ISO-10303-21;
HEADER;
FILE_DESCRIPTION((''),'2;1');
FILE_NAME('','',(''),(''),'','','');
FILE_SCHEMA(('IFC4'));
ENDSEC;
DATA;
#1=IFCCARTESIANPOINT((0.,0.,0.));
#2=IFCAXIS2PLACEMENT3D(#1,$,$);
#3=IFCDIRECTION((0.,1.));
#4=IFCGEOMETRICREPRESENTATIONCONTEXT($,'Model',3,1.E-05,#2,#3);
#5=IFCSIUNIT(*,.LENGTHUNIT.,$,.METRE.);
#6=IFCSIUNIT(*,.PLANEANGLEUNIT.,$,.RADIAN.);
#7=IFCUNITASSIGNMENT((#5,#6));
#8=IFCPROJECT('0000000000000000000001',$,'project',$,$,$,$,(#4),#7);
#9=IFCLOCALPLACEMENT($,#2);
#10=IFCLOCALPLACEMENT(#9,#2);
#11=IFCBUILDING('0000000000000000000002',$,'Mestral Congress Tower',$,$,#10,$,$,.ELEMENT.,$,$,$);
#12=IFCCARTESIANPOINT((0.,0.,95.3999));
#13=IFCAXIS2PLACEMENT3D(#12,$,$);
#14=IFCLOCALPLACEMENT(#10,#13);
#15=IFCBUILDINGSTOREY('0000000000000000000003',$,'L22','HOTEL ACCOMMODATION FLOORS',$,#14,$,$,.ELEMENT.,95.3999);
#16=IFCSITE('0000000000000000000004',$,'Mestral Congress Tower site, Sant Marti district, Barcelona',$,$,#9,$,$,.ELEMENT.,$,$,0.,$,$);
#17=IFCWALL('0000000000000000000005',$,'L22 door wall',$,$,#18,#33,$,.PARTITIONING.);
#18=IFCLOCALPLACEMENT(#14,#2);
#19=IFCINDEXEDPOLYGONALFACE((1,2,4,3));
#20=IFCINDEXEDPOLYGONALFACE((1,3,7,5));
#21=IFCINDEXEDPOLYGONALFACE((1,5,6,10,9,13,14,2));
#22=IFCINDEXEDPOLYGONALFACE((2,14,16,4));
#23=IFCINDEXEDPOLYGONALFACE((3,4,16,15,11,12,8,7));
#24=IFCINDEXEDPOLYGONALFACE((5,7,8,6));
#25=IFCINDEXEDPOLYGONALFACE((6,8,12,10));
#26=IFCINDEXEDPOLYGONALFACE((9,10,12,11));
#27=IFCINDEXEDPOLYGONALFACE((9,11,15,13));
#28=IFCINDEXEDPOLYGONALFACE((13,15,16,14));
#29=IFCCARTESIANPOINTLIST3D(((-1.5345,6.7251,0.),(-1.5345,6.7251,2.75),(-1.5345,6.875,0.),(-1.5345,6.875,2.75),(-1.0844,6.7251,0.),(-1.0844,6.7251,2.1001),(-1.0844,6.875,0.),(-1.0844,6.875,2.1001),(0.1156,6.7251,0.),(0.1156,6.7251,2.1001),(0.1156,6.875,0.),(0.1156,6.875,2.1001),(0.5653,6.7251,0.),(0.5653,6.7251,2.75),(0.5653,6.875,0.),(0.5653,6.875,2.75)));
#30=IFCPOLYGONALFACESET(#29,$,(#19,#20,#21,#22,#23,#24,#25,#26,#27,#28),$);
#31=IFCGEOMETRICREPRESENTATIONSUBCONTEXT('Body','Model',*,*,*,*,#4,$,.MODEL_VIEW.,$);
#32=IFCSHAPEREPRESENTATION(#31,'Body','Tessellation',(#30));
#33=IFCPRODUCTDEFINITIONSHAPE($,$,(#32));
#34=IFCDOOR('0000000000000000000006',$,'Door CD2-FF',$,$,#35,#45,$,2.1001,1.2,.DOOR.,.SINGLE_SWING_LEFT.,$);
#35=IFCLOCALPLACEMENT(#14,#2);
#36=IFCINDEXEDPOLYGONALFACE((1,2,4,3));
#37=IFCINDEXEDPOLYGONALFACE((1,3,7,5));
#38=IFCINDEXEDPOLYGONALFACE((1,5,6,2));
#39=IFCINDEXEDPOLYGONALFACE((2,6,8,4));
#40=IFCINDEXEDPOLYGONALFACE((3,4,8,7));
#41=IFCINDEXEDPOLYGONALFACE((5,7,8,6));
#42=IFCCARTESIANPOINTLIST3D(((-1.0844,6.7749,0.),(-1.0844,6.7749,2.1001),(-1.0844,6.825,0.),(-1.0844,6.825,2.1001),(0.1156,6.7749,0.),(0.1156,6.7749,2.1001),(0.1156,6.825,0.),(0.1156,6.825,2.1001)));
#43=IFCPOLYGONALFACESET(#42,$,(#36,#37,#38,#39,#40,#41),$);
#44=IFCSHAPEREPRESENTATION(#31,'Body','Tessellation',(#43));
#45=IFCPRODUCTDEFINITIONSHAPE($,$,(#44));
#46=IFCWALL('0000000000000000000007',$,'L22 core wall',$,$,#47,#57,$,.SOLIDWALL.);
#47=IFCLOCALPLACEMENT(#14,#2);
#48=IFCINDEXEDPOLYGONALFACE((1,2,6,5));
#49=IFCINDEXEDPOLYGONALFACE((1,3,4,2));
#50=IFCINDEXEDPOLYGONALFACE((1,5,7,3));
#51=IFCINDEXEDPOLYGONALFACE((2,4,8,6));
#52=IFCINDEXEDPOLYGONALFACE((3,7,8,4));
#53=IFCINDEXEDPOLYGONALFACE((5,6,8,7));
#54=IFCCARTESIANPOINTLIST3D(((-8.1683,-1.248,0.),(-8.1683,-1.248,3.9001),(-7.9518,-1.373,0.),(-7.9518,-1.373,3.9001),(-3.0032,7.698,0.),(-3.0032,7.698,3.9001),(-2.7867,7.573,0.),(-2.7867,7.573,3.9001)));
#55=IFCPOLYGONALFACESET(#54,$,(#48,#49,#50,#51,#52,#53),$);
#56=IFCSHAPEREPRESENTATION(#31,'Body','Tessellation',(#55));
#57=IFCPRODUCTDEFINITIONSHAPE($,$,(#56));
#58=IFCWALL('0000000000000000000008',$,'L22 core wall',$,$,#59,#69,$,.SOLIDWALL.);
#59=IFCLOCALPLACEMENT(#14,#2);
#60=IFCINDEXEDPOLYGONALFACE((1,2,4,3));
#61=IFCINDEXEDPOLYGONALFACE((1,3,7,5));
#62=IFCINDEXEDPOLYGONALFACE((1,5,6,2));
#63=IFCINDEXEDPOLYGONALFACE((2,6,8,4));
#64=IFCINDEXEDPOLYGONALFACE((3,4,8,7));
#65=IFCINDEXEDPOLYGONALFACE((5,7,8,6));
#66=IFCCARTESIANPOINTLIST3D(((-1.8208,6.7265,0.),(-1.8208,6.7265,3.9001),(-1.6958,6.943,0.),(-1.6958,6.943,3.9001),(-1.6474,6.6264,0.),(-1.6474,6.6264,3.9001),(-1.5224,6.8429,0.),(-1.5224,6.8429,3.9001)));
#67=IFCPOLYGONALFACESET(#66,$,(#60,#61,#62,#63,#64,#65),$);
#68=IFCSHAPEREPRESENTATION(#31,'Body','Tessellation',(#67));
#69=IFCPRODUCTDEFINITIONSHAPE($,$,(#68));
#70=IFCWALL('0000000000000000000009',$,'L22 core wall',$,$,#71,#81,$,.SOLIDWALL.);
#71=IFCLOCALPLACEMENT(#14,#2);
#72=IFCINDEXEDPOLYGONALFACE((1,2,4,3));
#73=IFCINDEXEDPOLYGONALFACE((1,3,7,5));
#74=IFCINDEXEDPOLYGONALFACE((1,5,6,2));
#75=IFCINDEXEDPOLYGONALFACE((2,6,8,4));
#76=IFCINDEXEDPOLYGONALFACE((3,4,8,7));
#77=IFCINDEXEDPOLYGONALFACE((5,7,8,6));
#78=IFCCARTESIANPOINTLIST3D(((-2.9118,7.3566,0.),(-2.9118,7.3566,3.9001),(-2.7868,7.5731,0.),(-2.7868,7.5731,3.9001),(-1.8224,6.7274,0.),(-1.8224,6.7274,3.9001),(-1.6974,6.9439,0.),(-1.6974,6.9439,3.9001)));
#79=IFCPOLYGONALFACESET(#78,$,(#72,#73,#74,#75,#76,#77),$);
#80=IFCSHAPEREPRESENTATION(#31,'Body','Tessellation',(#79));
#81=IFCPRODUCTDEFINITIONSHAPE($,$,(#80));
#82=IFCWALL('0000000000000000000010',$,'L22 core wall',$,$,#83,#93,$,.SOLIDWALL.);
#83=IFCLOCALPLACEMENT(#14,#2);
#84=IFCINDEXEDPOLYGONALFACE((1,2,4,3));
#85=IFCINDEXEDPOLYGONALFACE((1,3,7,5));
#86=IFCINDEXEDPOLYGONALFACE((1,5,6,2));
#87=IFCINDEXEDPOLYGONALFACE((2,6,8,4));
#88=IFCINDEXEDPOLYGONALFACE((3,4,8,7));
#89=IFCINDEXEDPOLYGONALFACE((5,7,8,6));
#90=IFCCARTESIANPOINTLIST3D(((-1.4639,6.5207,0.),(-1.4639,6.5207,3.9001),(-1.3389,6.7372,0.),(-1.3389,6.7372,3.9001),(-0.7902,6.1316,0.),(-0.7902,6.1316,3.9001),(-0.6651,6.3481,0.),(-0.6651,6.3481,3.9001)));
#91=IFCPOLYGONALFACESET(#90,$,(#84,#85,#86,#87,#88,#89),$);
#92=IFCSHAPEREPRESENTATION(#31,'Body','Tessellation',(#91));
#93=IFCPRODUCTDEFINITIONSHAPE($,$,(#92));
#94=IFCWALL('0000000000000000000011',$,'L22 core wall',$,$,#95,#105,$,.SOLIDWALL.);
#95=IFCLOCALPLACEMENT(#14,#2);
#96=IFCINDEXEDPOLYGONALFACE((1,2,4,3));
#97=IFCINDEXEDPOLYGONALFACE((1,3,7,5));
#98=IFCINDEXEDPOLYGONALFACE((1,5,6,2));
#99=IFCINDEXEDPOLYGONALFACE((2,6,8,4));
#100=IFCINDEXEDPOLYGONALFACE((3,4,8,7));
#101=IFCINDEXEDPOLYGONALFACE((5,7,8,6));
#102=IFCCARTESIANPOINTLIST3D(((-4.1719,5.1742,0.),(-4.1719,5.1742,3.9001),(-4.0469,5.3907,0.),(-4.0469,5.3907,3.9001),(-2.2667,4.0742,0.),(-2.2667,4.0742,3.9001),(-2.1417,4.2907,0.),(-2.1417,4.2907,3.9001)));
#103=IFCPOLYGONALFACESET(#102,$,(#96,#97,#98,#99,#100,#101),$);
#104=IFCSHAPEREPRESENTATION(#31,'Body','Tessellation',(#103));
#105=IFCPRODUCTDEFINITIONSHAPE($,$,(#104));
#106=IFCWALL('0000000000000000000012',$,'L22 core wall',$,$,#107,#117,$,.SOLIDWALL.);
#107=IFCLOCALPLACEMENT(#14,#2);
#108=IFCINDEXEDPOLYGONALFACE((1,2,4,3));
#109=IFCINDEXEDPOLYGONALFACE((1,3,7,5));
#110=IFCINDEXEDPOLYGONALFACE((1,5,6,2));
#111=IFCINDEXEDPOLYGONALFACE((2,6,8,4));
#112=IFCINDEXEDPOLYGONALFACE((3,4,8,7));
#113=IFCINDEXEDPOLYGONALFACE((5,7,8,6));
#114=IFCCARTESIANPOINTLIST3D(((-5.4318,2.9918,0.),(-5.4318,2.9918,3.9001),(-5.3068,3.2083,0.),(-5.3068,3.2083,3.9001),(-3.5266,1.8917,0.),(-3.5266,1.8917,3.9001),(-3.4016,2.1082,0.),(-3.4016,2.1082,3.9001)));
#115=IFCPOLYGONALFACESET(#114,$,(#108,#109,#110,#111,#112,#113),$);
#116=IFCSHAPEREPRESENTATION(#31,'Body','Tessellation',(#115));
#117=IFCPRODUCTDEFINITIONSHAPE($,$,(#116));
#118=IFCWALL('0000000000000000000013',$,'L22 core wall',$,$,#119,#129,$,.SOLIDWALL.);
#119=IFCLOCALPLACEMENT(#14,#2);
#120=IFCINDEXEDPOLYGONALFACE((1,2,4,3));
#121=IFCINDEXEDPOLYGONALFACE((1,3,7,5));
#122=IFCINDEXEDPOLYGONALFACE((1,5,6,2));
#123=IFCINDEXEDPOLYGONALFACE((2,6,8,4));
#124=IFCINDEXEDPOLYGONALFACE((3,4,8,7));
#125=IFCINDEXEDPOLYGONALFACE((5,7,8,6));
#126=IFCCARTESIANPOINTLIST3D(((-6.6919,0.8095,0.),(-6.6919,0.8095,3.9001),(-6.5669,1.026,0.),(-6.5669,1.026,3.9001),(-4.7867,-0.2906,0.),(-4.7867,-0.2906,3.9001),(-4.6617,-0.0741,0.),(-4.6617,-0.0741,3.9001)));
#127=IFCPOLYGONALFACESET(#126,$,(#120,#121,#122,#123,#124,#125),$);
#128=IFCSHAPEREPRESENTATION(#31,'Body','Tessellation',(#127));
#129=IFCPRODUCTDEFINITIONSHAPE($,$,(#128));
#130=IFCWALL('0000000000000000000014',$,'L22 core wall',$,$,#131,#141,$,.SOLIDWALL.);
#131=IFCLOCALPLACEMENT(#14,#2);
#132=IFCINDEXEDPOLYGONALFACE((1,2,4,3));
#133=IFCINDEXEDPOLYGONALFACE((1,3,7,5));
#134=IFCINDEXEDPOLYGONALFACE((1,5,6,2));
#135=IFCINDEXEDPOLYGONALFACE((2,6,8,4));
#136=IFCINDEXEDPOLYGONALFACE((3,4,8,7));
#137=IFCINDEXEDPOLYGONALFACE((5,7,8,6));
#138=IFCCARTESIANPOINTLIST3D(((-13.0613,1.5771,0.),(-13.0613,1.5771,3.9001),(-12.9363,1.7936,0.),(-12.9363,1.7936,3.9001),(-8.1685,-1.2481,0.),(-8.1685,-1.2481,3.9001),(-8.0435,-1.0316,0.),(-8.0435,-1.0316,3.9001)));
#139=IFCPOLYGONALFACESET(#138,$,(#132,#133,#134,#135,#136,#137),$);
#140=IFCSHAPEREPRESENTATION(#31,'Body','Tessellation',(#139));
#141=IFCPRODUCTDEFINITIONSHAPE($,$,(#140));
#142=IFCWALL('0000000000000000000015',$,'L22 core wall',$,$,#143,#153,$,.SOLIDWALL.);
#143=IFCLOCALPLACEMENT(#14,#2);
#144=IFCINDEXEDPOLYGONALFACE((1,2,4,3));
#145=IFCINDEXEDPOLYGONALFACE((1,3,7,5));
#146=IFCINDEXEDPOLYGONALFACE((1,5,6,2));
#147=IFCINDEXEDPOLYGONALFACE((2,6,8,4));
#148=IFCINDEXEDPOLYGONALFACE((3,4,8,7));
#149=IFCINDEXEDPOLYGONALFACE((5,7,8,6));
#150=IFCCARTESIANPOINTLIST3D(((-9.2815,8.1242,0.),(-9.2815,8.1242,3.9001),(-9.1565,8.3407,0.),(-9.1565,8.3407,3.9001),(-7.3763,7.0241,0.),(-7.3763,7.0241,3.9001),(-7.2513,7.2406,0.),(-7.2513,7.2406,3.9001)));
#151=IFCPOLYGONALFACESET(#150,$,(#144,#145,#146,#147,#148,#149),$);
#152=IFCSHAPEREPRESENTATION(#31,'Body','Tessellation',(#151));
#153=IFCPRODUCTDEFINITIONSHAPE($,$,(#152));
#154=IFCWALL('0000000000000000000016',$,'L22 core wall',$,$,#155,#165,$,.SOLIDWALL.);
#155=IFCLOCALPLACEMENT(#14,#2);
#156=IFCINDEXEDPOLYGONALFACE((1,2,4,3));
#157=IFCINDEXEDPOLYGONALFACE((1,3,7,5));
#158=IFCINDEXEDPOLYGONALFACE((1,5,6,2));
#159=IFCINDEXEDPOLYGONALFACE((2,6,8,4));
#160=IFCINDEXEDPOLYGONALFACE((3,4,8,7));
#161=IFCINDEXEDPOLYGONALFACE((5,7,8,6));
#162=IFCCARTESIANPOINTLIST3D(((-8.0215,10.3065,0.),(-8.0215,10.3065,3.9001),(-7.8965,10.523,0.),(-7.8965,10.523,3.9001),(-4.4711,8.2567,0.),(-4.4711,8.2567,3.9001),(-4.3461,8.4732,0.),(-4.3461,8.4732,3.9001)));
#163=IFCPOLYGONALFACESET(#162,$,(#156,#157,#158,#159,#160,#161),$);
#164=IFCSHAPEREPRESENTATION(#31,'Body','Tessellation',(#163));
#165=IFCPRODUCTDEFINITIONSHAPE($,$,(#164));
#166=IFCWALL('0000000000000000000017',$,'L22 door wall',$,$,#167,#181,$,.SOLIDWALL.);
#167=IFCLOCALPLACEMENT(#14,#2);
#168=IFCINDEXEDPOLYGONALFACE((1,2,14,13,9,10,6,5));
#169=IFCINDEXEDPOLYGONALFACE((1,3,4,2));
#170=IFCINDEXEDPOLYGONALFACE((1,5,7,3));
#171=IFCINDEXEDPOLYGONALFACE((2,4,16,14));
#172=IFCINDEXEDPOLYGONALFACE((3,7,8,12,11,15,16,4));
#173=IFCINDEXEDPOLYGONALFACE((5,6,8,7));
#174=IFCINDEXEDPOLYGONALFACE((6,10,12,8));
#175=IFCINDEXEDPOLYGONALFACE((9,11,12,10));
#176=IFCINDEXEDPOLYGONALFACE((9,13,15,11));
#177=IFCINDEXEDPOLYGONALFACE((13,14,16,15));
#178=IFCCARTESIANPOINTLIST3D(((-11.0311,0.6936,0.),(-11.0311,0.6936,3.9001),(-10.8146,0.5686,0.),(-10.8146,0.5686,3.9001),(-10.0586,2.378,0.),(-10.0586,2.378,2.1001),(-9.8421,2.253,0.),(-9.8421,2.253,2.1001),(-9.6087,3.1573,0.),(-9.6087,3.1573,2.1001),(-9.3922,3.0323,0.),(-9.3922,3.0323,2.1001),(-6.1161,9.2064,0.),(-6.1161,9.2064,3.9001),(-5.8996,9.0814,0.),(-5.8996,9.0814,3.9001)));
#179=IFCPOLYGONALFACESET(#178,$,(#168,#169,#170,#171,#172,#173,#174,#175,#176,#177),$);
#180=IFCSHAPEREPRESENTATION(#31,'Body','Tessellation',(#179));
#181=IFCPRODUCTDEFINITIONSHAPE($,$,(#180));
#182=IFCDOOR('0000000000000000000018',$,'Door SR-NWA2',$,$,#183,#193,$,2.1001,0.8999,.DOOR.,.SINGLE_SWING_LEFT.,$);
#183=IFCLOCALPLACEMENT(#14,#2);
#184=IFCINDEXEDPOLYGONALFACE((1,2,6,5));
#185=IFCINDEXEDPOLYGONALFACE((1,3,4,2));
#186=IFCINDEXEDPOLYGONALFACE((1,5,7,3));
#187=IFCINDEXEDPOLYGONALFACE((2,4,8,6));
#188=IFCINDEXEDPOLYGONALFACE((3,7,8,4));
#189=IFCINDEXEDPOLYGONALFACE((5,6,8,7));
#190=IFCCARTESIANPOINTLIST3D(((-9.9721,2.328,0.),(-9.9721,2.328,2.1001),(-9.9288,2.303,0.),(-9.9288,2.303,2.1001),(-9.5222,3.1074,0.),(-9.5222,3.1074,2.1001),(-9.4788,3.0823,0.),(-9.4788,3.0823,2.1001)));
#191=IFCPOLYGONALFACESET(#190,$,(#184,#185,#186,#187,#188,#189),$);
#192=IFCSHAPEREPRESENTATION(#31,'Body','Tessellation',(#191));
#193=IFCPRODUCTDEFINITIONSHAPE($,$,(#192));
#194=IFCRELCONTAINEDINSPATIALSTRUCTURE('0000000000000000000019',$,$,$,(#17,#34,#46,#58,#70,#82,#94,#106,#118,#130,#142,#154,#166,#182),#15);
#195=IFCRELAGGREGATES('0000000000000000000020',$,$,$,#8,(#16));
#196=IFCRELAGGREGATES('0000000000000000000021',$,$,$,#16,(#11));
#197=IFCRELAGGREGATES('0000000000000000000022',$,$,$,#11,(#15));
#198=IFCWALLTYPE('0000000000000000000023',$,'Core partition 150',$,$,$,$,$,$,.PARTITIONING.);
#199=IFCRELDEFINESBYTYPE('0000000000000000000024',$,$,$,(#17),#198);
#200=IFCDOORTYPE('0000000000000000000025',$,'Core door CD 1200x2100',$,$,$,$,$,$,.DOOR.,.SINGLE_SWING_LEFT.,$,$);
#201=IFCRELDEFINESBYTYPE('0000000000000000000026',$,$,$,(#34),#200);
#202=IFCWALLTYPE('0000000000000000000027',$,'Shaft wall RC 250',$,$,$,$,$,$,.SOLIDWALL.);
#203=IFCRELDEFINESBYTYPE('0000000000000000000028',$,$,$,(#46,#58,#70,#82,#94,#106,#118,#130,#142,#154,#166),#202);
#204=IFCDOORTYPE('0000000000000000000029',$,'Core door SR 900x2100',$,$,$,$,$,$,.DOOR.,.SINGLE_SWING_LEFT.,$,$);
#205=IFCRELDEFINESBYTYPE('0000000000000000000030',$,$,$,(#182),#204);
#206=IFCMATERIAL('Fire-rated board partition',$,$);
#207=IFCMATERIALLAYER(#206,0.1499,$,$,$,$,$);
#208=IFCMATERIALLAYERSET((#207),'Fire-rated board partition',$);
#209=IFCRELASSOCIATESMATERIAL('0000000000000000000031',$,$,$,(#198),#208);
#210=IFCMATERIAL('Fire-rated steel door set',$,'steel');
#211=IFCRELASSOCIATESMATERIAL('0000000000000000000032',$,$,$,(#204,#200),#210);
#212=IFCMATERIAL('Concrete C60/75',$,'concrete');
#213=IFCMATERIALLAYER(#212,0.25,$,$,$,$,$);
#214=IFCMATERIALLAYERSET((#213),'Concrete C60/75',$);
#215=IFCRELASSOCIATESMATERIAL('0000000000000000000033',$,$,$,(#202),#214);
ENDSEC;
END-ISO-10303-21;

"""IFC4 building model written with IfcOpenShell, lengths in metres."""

from ifc_helpers import new_model, si_unit, direction, frame, frame_2d, origin, place, context, subcontext, project, spatial, rectangle, extrude, material, layer, layer_set, type_object, element, fill, save


model = new_model("IFC4")

# Units and contexts
model_context = context("Model", 3, precision=1e-05, world=origin(), true_north=direction((0.0, 1.0)))
body_context = subcontext(model_context, "Body", "Model", "MODEL_VIEW")
ifc_project = project(units=[si_unit("LENGTHUNIT", "METRE"), si_unit("PLANEANGLEUNIT", "RADIAN")], contexts=[model_context])

# Site, building, storey
site_placement = place(None, origin())
site = spatial("IfcSite", under=ifc_project, at=site_placement, Name="Mestral Congress Tower site, Sant Marti district, Barcelona", CompositionType="ELEMENT", RefElevation=0.0)
building_placement = place(site_placement, origin())
building = spatial("IfcBuilding", under=site, at=building_placement, Name="Mestral Congress Tower", CompositionType="ELEMENT")
storey_placement = place(building_placement, frame((0.0, 0.0, 95.3999)))
storey = spatial("IfcBuildingStorey", under=building, at=storey_placement, Name="L22", Description="HOTEL ACCOMMODATION FLOORS", CompositionType="ELEMENT", Elevation=95.3999)

# Shared definitions
ifc_material_1 = material(Name="Concrete C60/75", Category="concrete")

# Shared definitions
ifc_material_2 = material(Name="Fire-rated board partition")
ifc_layer_1 = layer(ifc_material_2, 0.1499)
ifc_layer_set_1 = layer_set([ifc_layer_1], Name="Fire-rated board partition")
wall_type_1 = type_object("IfcWallType", Name="Core partition 150", PredefinedType="PARTITIONING", material=ifc_layer_set_1)

# Wall, opening, door
ifc_material_3 = material(Name="Fire-rated steel door set", Category="steel")
door_type_1 = type_object("IfcDoorType", Name="Core door SR 900x2100", OperationType="SINGLE_SWING_LEFT", PredefinedType="DOOR", material=ifc_material_3)
wall_1_placement = place(storey_placement, frame((-1.5344, 6.8, 0.0), z_axis=(0.0, 0.0, 1.0), x_axis=(1.0, 0.0, 0.0)))
wall_1 = element("IfcWall", 1, at=wall_1_placement, inside=storey, type_object=wall_type_1, Name="L22 door wall", PredefinedType="PARTITIONING", context=body_context, shape_type="SweptSolid", body=[
    extrude(rectangle(XDim=2.0999, YDim=0.1499, at=frame_2d((1.0498, 0.0))), origin(), (0.0, 0.0, 1.0), 2.75),
])
opening_1_placement = place(wall_1_placement, frame((0.45, 0.0, 0.0)))
opening_1 = element("IfcOpeningElement", 2, at=opening_1_placement, cuts=wall_1, PredefinedType="OPENING", context=body_context, shape_type="SweptSolid", body=[
    extrude(rectangle(XDim=1.2, YDim=2.1001, at=frame_2d((0.6001, 1.05))), frame((0.0, 0.085, 0.0), z_axis=(0.0, -1.0, 0.0), x_axis=(1.0, 0.0, 0.0)), (0.0, 0.0, 1.0), 0.1699),
])
door_type_2 = type_object("IfcDoorType", Name="Core door CD 1200x2100", OperationType="SINGLE_SWING_LEFT", PredefinedType="DOOR", material=ifc_material_3)
door_1_placement = place(opening_1_placement, origin())
door_1 = element("IfcDoor", 3, at=door_1_placement, inside=storey, type_object=door_type_2, Name="Door CD2-FF", OperationType="SINGLE_SWING_LEFT", OverallHeight=2.1001, OverallWidth=1.2, PredefinedType="DOOR", context=body_context, shape_type="SweptSolid", body=[
    extrude(rectangle(XDim=1.2, YDim=2.1001, at=frame_2d((0.6001, 1.05))), frame((0.0, 0.0249, 0.0), z_axis=(0.0, -1.0, 0.0), x_axis=(1.0, 0.0, 0.0)), (0.0, 0.0, 1.0), 0.05),
])
fill(opening_1, door_1)

# Walls
ifc_layer_2 = layer(ifc_material_1, 0.25)
ifc_layer_set_2 = layer_set([ifc_layer_2], Name="Concrete C60/75")
wall_type_2 = type_object("IfcWallType", Name="Shaft wall RC 250", PredefinedType="SOLIDWALL", material=ifc_layer_set_2)
wall_2_placement = place(storey_placement, frame((-8.0601, -1.3105, 0.0), z_axis=(0.0, 0.0, 1.0), x_axis=(0.500003, 0.866024, 0.0)))
element("IfcWall", 4, at=wall_2_placement, inside=storey, type_object=wall_type_2, Name="L22 core wall", PredefinedType="SOLIDWALL", context=body_context, shape_type="SweptSolid", body=[
    extrude(rectangle(XDim=10.3301, YDim=0.25, at=frame_2d((5.165, 0.0))), origin(), (0.0, 0.0, 1.0), 3.9001),
])
wall_3_placement = place(storey_placement, frame((-1.7583, 6.8347, 0.0), z_axis=(0.0, 0.0, 1.0), x_axis=(0.865982, -0.500074, 0.0)))
element("IfcWall", 5, at=wall_3_placement, inside=storey, type_object=wall_type_2, Name="L22 core wall", PredefinedType="SOLIDWALL", context=body_context, shape_type="SweptSolid", body=[
    extrude(rectangle(XDim=0.2002, YDim=0.25, at=frame_2d((0.1001, 0.0))), origin(), (0.0, 0.0, 1.0), 3.9001),
])
wall_4_placement = place(storey_placement, frame((-1.76, 6.8357, 0.0), z_axis=(0.0, 0.0, 1.0), x_axis=(-0.865953, 0.500126, 0.0)))
element("IfcWall", 6, at=wall_4_placement, inside=storey, type_object=wall_type_2, Name="L22 core wall", PredefinedType="SOLIDWALL", context=body_context, shape_type="SweptSolid", body=[
    extrude(rectangle(XDim=1.2581, YDim=0.25, at=frame_2d((0.6289, 0.0))), origin(), (0.0, 0.0, 1.0), 3.9001),
])
wall_5_placement = place(storey_placement, frame((-0.7275, 6.2397, 0.0), z_axis=(0.0, 0.0, 1.0), x_axis=(-0.865956, 0.500121, 0.0)))
element("IfcWall", 7, at=wall_5_placement, inside=storey, type_object=wall_type_2, Name="L22 core wall", PredefinedType="SOLIDWALL", context=body_context, shape_type="SweptSolid", body=[
    extrude(rectangle(XDim=0.7781, YDim=0.25, at=frame_2d((0.3892, 0.0))), origin(), (0.0, 0.0, 1.0), 3.9001),
])
for number, where, z_axis, x_axis, name in (
    (8, (-2.2041, 4.1824, 0.0), (0.0, 0.0, 1.0), (-0.866008, 0.50003, 0.0), "L22 core wall"),
    (9, (-5.3694, 3.1001, 0.0), (0.0, 0.0, 1.0), (0.866008, -0.50003, 0.0), "L22 core wall"),
    (10, (-4.7241, -0.1824, 0.0), (0.0, 0.0, 1.0), (-0.866008, 0.50003, 0.0), "L22 core wall"),
):
    element("IfcWall", number, at=place(storey_placement, frame(where, z_axis=z_axis, x_axis=x_axis)), inside=storey, type_object=wall_type_2, Name=name, PredefinedType="SOLIDWALL", context=body_context, shape_type="SweptSolid", body=[
        extrude(rectangle(XDim=2.2, YDim=0.25, at=frame_2d((1.1001, 0.0))), origin(), (0.0, 0.0, 1.0), 3.9001),
    ])
wall_6_placement = place(storey_placement, frame((-8.106, -1.1399, 0.0), z_axis=(0.0, 0.0, 1.0), x_axis=(-0.866001, 0.500043, 0.0)))
element("IfcWall", 11, at=wall_6_placement, inside=storey, type_object=wall_type_2, Name="L22 core wall", PredefinedType="SOLIDWALL", context=body_context, shape_type="SweptSolid", body=[
    extrude(rectangle(XDim=5.6499, YDim=0.25, at=frame_2d((2.825, 0.0))), origin(), (0.0, 0.0, 1.0), 3.9001),
])
wall_7_placement = place(storey_placement, frame((-7.3137, 7.1323, 0.0), z_axis=(0.0, 0.0, 1.0), x_axis=(-0.866008, 0.50003, 0.0)))
element("IfcWall", 12, at=wall_7_placement, inside=storey, type_object=wall_type_2, Name="L22 core wall", PredefinedType="SOLIDWALL", context=body_context, shape_type="SweptSolid", body=[
    extrude(rectangle(XDim=2.2, YDim=0.25, at=frame_2d((1.1001, 0.0))), origin(), (0.0, 0.0, 1.0), 3.9001),
])
wall_8_placement = place(storey_placement, frame((-7.959, 10.4148, 0.0), z_axis=(0.0, 0.0, 1.0), x_axis=(0.866021, -0.500008, 0.0)))
element("IfcWall", 13, at=wall_8_placement, inside=storey, type_object=wall_type_2, Name="L22 core wall", PredefinedType="SOLIDWALL", context=body_context, shape_type="SweptSolid", body=[
    extrude(rectangle(XDim=4.0996, YDim=0.25, at=frame_2d((2.0498, 0.0))), origin(), (0.0, 0.0, 1.0), 3.9001),
])

# Wall, opening, door
wall_9_placement = place(storey_placement, frame((-6.0078, 9.144, 0.0), z_axis=(0.0, 0.0, 1.0), x_axis=(-0.500007, -0.866021, 0.0)))
wall_9 = element("IfcWall", 14, at=wall_9_placement, inside=storey, type_object=wall_type_2, Name="L22 door wall", PredefinedType="SOLIDWALL", context=body_context, shape_type="SweptSolid", body=[
    extrude(rectangle(XDim=9.8298, YDim=0.25, at=frame_2d((4.915, 0.0))), origin(), (0.0, 0.0, 1.0), 3.9001),
])
opening_2_placement = place(wall_9_placement, frame((6.9851, 0.0, 0.0)))
opening_2 = element("IfcOpeningElement", 15, at=opening_2_placement, cuts=wall_9, PredefinedType="OPENING", context=body_context, shape_type="SweptSolid", body=[
    extrude(rectangle(XDim=0.8999, YDim=2.1001, at=frame_2d((0.45, 1.05))), frame((0.0, 0.135, 0.0), z_axis=(0.0, -1.0, 0.0), x_axis=(1.0, 0.0, 0.0)), (0.0, 0.0, 1.0), 0.27),
])
door_2_placement = place(opening_2_placement, origin())
door_2 = element("IfcDoor", 16, at=door_2_placement, inside=storey, type_object=door_type_1, Name="Door SR-NWA2", OperationType="SINGLE_SWING_LEFT", OverallHeight=2.1001, OverallWidth=0.8999, PredefinedType="DOOR", context=body_context, shape_type="SweptSolid", body=[
    extrude(rectangle(XDim=0.8999, YDim=2.1001, at=frame_2d((0.45, 1.05))), frame((0.0, 0.0249, 0.0), z_axis=(0.0, -1.0, 0.0), x_axis=(1.0, 0.0, 0.0)), (0.0, 0.0, 1.0), 0.05),
])
fill(opening_2, door_2)

save(model, "model.ifc")
